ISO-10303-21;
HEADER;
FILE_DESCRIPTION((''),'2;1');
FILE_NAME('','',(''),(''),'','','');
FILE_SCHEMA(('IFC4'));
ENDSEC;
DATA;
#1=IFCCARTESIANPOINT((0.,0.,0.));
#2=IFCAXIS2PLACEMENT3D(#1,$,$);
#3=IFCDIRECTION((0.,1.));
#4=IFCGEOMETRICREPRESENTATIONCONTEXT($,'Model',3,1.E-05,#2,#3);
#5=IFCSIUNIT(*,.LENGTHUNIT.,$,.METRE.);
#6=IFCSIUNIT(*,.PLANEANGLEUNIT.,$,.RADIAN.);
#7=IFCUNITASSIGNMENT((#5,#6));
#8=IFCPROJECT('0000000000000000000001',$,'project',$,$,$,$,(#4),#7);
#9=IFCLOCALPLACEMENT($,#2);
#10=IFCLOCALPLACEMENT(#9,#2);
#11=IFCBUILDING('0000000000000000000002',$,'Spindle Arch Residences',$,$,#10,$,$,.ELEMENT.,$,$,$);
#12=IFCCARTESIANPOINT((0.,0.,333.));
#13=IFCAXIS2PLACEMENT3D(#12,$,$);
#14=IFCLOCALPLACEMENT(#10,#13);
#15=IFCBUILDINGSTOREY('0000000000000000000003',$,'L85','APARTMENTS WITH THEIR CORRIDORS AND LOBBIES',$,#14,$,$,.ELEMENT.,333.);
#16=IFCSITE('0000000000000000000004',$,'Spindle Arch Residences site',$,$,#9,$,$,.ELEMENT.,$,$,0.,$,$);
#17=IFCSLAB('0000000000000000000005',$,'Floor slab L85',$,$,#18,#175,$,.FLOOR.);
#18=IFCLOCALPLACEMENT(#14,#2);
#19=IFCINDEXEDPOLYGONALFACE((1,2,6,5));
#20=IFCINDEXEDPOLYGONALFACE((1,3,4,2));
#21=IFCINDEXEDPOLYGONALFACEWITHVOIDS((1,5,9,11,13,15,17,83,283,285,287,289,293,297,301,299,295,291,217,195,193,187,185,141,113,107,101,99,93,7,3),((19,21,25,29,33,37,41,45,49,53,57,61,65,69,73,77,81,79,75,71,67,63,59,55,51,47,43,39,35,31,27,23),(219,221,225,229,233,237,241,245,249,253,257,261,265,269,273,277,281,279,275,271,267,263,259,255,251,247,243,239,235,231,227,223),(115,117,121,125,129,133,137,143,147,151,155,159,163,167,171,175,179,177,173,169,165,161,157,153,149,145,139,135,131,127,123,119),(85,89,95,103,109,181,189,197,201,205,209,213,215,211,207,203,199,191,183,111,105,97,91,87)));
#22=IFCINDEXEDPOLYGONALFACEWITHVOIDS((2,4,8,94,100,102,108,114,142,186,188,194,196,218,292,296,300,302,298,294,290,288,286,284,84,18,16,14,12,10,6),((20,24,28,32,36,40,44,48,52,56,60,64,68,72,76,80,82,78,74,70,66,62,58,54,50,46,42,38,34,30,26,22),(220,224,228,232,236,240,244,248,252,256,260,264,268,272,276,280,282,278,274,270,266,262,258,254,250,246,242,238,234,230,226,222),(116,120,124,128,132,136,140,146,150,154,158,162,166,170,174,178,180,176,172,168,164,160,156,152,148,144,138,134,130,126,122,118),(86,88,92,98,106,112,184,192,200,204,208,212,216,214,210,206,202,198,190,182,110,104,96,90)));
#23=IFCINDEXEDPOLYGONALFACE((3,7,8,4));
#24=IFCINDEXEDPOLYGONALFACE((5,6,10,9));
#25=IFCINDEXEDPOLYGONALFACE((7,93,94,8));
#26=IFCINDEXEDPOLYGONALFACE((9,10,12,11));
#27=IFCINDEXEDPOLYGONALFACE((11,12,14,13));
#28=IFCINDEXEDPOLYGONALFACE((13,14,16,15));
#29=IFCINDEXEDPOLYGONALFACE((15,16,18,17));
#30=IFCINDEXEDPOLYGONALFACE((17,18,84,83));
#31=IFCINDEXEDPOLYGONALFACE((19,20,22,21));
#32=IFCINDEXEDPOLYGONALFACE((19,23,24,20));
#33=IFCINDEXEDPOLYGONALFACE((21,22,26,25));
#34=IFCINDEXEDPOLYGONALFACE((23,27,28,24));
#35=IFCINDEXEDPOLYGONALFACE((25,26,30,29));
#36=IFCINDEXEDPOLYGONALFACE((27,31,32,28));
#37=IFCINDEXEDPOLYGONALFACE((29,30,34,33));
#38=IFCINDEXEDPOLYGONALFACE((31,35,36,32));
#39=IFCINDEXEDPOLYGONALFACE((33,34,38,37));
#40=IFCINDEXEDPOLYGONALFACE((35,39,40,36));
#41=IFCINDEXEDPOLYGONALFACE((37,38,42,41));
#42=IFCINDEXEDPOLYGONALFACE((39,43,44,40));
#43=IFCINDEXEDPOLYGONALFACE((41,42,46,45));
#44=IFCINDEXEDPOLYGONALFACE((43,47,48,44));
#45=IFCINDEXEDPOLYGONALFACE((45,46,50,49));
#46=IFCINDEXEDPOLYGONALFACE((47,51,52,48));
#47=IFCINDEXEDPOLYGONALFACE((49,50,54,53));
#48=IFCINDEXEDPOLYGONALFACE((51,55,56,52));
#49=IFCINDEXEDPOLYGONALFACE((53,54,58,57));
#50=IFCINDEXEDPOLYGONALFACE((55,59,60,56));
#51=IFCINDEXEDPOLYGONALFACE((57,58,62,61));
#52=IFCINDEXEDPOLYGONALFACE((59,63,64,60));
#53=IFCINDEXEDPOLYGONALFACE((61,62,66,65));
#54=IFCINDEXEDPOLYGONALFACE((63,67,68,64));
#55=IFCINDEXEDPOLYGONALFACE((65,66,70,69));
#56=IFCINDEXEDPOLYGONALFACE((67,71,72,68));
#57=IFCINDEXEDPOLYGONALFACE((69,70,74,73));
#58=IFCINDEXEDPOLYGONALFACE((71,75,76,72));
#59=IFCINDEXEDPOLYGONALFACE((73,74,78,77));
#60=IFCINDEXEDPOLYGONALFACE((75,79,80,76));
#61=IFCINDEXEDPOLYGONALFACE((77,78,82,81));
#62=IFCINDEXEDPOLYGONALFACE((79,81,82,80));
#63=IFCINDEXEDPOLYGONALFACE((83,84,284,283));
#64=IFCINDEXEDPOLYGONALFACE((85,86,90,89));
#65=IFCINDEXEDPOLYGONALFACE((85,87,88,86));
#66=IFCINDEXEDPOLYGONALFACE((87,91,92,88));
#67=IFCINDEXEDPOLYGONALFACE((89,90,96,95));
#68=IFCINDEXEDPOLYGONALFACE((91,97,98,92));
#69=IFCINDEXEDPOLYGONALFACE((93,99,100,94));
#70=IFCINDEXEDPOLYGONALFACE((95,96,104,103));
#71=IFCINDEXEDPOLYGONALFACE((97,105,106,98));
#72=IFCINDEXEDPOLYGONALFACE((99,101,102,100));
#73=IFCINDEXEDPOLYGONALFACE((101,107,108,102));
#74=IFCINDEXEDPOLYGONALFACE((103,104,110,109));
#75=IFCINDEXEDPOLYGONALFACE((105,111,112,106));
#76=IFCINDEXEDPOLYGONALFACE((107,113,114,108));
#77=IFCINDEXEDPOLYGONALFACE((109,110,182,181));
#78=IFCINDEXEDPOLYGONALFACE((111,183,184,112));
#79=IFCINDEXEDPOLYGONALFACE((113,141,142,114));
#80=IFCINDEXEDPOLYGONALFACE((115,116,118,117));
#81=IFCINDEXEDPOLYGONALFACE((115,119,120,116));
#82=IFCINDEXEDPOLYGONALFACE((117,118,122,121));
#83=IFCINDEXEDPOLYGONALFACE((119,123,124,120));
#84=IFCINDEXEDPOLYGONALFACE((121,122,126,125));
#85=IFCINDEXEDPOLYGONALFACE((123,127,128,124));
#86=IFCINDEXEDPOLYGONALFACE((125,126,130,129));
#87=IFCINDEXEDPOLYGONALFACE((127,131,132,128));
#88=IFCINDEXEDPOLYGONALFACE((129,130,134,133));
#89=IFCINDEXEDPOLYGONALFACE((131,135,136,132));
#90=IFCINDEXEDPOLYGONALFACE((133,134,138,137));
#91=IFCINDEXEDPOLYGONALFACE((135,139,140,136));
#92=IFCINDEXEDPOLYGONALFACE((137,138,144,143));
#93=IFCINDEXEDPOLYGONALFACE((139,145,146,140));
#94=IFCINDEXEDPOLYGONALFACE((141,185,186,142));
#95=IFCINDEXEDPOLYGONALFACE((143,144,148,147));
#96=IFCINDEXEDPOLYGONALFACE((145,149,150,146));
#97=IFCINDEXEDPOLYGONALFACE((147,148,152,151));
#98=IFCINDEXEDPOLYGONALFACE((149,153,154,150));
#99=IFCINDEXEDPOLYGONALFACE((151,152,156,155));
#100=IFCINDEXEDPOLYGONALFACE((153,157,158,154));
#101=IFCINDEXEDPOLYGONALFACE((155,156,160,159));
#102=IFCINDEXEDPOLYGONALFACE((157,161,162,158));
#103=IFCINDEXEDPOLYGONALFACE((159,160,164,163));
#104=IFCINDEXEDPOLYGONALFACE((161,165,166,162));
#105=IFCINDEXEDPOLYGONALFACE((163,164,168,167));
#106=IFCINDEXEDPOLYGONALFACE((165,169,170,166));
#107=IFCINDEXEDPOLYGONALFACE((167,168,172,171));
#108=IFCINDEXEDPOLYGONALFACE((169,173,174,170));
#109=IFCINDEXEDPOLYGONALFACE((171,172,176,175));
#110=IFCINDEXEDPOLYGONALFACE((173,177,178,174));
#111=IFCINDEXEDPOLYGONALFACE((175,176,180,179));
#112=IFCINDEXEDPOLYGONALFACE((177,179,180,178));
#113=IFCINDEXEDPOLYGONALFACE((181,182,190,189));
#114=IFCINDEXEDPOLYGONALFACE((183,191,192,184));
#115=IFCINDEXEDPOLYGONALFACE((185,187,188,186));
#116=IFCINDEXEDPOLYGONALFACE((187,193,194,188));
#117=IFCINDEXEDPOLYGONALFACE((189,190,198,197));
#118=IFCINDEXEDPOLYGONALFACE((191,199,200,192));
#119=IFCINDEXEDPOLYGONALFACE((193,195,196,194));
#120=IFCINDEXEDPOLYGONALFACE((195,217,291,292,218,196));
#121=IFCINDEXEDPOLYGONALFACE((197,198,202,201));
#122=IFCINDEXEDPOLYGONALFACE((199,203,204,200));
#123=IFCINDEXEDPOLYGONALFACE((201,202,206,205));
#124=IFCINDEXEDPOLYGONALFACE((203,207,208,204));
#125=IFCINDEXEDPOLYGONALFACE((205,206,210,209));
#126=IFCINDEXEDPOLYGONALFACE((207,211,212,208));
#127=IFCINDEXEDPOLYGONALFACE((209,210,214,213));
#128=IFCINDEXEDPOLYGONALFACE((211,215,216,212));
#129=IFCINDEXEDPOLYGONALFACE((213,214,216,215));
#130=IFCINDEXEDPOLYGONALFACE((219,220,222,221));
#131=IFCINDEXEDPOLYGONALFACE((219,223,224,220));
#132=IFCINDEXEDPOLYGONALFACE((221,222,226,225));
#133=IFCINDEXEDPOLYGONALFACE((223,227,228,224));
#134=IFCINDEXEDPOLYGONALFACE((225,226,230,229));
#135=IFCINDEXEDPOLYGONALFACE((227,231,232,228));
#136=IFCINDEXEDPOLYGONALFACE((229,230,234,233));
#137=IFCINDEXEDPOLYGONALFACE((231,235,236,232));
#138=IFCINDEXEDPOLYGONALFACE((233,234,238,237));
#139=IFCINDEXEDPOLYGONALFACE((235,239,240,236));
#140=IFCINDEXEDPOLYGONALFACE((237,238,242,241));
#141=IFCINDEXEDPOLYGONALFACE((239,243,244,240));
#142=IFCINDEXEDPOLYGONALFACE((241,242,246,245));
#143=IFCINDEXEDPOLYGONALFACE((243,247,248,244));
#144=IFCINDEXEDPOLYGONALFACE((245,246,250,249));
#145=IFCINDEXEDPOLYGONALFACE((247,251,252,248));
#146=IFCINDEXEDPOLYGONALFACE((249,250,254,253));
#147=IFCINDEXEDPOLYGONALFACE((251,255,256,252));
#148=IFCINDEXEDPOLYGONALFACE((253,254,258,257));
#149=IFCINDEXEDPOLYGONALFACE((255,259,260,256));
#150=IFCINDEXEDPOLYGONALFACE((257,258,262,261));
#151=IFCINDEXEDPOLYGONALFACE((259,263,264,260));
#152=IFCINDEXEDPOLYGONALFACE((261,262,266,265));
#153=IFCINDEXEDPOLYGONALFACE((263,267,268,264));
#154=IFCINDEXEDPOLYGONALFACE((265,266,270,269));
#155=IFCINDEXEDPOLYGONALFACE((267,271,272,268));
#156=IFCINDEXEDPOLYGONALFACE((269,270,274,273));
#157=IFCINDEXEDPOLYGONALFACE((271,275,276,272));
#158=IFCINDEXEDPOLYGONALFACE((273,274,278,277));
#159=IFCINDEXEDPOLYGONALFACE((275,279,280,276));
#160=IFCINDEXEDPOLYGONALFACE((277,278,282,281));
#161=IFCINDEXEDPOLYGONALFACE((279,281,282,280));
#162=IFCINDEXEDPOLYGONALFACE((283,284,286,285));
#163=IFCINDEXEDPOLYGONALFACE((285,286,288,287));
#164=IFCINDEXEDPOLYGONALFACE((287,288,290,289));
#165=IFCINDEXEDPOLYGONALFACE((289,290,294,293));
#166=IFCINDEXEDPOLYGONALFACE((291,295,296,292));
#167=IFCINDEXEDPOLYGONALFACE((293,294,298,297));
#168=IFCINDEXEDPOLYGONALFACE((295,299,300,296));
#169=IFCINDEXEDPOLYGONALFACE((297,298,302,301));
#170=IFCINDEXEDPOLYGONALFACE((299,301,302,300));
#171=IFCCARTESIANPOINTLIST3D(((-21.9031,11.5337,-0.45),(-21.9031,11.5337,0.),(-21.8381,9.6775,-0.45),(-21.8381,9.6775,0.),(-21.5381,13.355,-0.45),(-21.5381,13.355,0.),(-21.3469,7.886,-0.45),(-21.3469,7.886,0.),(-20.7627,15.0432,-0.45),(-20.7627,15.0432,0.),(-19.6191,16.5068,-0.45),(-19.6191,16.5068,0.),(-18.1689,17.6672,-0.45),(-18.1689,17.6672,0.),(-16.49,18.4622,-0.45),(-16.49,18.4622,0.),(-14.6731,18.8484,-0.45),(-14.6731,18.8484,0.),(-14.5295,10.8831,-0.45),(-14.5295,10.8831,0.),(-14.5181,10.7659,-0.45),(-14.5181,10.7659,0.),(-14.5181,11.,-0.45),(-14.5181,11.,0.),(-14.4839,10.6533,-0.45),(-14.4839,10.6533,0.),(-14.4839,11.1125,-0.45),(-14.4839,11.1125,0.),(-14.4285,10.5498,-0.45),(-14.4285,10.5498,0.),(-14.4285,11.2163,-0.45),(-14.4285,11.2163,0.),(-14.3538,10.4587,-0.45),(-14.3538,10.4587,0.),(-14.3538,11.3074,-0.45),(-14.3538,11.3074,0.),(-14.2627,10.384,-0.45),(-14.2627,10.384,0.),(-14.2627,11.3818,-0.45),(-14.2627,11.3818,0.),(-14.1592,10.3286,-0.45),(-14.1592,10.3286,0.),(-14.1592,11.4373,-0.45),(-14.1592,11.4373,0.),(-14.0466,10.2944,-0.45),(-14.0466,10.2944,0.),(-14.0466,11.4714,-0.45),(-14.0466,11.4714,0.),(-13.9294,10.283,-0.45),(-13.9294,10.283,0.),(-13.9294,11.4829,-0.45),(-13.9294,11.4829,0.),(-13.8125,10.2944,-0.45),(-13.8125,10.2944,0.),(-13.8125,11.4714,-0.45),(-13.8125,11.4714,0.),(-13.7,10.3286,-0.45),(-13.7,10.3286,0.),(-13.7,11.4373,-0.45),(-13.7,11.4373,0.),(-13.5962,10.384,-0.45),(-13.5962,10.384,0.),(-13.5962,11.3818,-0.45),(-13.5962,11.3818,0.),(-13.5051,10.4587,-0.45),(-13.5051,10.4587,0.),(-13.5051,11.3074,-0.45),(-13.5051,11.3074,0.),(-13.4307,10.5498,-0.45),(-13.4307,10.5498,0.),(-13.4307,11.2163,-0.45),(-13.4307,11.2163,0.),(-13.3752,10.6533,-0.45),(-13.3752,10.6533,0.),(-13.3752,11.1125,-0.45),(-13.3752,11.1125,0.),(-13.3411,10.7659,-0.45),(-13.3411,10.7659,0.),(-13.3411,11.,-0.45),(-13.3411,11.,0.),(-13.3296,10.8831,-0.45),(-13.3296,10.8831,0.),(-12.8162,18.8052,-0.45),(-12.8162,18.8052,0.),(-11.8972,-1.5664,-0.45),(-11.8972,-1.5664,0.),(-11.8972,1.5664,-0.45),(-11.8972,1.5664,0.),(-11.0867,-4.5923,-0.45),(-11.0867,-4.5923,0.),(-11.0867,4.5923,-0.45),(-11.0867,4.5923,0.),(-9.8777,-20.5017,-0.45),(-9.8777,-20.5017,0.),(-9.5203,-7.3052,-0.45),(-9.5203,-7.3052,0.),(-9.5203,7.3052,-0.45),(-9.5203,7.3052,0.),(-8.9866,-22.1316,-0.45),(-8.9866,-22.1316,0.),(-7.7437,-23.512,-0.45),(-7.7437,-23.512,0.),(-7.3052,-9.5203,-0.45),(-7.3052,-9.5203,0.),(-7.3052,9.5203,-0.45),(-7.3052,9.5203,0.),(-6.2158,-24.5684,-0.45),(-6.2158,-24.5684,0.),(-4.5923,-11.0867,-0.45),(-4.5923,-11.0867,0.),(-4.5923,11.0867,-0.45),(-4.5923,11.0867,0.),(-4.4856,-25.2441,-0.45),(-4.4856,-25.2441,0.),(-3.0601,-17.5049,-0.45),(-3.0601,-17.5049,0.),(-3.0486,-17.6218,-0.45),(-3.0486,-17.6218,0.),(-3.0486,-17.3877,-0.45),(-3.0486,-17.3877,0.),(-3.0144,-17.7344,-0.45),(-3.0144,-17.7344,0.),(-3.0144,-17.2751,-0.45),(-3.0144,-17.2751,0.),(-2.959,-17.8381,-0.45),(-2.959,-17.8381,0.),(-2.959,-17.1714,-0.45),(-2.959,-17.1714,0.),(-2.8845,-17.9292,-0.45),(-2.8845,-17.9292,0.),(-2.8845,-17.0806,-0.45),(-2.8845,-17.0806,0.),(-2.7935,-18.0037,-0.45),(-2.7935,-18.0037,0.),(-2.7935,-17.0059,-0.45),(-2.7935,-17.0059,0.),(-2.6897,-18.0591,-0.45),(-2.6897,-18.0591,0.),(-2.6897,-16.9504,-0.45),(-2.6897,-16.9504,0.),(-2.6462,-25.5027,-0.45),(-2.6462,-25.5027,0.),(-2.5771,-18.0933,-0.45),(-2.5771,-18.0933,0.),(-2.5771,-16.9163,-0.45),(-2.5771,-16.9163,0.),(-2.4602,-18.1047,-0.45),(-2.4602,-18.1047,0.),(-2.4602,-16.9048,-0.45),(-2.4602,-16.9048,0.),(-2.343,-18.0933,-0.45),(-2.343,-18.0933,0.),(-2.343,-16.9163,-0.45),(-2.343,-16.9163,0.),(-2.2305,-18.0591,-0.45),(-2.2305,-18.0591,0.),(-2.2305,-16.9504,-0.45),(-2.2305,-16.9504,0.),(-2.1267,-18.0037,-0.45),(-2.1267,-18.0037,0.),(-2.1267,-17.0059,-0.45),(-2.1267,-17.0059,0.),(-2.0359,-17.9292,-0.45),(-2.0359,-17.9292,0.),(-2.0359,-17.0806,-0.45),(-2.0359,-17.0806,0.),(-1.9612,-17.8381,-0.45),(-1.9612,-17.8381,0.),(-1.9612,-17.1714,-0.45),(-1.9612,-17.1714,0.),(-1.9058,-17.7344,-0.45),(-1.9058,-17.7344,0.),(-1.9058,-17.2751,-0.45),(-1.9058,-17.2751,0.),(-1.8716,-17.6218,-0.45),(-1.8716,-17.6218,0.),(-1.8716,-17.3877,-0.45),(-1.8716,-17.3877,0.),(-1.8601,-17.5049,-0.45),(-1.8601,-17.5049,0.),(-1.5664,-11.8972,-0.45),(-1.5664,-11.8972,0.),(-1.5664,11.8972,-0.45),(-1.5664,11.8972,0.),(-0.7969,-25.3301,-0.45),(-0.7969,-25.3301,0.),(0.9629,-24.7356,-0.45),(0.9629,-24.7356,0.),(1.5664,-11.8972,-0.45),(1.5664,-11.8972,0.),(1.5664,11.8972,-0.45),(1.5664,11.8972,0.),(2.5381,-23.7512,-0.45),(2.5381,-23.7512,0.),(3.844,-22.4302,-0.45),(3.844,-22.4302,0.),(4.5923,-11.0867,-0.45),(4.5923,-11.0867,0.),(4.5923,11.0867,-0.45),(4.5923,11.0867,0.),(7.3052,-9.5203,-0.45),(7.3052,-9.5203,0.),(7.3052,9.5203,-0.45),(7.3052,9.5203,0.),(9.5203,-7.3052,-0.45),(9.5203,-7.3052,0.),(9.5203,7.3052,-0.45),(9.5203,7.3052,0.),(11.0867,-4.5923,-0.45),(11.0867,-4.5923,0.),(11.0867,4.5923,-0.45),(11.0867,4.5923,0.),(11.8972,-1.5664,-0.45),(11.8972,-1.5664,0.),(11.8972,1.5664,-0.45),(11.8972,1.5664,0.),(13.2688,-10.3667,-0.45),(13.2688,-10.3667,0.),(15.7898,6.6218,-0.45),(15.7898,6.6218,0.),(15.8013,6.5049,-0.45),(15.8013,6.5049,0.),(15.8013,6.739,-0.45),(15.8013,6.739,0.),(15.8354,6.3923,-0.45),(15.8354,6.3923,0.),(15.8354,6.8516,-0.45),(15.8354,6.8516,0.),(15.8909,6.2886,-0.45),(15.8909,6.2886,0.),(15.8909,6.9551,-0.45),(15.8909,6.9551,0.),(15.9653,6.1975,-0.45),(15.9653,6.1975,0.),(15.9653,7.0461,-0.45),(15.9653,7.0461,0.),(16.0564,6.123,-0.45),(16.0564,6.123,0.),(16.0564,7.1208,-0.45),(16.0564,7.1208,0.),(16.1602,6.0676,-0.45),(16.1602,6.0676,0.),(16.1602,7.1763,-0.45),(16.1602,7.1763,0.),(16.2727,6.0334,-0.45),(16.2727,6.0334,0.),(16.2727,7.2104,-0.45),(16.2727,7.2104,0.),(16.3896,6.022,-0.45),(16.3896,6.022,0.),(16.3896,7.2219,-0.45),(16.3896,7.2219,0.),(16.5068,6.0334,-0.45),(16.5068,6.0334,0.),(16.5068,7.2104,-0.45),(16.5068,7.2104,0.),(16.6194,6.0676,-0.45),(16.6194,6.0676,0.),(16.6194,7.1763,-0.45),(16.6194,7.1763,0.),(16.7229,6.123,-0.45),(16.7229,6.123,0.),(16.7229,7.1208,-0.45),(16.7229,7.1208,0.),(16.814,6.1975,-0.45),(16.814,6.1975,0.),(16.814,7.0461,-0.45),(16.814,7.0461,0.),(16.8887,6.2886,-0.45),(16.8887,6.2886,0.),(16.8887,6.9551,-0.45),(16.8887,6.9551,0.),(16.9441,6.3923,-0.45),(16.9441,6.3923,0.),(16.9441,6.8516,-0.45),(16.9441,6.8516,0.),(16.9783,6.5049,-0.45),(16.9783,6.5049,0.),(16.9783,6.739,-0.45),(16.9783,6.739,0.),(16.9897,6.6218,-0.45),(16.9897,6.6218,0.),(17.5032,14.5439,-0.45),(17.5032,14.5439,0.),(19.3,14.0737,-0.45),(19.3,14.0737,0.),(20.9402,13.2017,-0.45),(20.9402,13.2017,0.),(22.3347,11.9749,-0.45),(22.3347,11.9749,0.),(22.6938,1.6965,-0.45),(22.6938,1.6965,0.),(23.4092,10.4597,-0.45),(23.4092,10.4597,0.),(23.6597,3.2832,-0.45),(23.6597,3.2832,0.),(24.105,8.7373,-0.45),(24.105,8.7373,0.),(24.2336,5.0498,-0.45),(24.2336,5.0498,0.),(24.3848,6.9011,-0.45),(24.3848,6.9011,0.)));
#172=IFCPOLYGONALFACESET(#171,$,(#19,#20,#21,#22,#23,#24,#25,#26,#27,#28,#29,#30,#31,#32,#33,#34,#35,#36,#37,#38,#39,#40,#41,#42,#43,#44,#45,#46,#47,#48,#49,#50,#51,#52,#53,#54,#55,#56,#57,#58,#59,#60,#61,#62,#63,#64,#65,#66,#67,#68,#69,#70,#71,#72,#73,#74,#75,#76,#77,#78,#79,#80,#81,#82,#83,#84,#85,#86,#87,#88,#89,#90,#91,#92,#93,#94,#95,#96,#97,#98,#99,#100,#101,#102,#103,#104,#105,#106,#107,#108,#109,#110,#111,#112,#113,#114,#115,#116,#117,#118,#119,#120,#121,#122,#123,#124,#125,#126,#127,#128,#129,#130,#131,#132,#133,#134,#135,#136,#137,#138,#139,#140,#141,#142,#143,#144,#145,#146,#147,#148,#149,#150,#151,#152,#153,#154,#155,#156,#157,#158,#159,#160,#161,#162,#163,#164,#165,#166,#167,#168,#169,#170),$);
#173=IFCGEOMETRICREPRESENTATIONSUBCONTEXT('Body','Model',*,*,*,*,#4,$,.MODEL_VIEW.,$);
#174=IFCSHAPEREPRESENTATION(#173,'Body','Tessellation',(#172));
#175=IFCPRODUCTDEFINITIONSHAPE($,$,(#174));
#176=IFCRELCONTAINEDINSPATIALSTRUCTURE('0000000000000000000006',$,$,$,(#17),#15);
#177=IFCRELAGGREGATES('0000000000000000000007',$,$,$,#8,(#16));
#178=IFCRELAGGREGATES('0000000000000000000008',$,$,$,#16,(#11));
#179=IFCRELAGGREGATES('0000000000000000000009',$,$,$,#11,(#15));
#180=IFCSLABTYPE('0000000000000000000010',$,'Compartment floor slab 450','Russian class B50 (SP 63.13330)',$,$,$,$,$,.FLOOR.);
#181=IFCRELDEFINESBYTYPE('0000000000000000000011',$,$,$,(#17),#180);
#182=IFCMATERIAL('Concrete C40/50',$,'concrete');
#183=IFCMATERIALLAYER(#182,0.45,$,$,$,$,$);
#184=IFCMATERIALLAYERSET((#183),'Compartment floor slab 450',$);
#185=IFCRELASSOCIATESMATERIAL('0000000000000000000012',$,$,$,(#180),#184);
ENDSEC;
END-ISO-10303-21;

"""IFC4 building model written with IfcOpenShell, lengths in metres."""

from ifc_helpers import new_model, si_unit, direction, frame, origin, place, context, subcontext, project, spatial, polyline, outline, extrude, material, layer, layer_set, type_object, element, save


model = new_model("IFC4")

# Units and contexts
model_context = context("Model", 3, precision=1e-05, world=origin(), true_north=direction((0.0, 1.0)))
body_context = subcontext(model_context, "Body", "Model", "MODEL_VIEW")
ifc_project = project(units=[si_unit("LENGTHUNIT", "METRE"), si_unit("PLANEANGLEUNIT", "RADIAN")], contexts=[model_context])

# Site, building, storey
site_placement = place(None, origin())
site = spatial("IfcSite", under=ifc_project, at=site_placement, Name="Spindle Arch Residences site", CompositionType="ELEMENT", RefElevation=0.0)
building_placement = place(site_placement, origin())
building = spatial("IfcBuilding", under=site, at=building_placement, Name="Spindle Arch Residences", CompositionType="ELEMENT")
storey_placement = place(building_placement, frame((0.0, 0.0, 333.0)))
storey = spatial("IfcBuildingStorey", under=building, at=storey_placement, Name="L85", Description="APARTMENTS WITH THEIR CORRIDORS AND LOBBIES", CompositionType="ELEMENT", Elevation=333.0)

# Slab
ifc_material_1 = material(Name="Concrete C40/50", Category="concrete")
ifc_layer_1 = layer(ifc_material_1, 0.45)
ifc_layer_set_1 = layer_set([ifc_layer_1], Name="Compartment floor slab 450")
slab_type_1 = type_object("IfcSlabType", Name="Compartment floor slab 450", Description="Russian class B50 (SP 63.13330)", PredefinedType="FLOOR", material=ifc_layer_set_1)
slab_1_placement = place(storey_placement, frame((0.0, 0.0, -0.45)))
element("IfcSlab", 1, at=slab_1_placement, inside=storey, type_object=slab_type_1, Name="Floor slab L85", PredefinedType="FLOOR", context=body_context, shape_type="SweptSolid", body=[
    extrude(outline(polyline([(2.5381, -23.7512), (0.9629, -24.7356), (-0.7969, -25.3301), (-2.6462, -25.5027), (-4.4856, -25.2441), (-6.2158, -24.5684), (-7.7437, -23.512), (-8.9866, -22.1316), (-9.8777, -20.5017), (-21.3469, 7.886), (-21.8381, 9.6775), (-21.9031, 11.5337), (-21.5381, 13.355), (-20.7627, 15.0432), (-19.6191, 16.5068), (-18.1689, 17.6672), (-16.49, 18.4622), (-14.6731, 18.8484), (-12.8162, 18.8052), (17.5032, 14.5439), (19.3, 14.0737), (20.9402, 13.2017), (22.3347, 11.9749), (23.4092, 10.4597), (24.105, 8.7373), (24.3848, 6.9011), (24.2336, 5.0498), (23.6597, 3.2832), (22.6938, 1.6965), (13.2688, -10.3667), (3.844, -22.4302), (2.5381, -23.7512)]), holes=[polyline([(7.3052, -9.5203), (9.5203, -7.3052), (11.0867, -4.5923), (11.8972, -1.5664), (11.8972, 1.5664), (11.0867, 4.5923), (9.5203, 7.3052), (7.3052, 9.5203), (4.5923, 11.0867), (1.5664, 11.8972), (-1.5664, 11.8972), (-4.5923, 11.0867), (-7.3052, 9.5203), (-9.5203, 7.3052), (-11.0867, 4.5923), (-11.8972, 1.5664), (-11.8972, -1.5664), (-11.0867, -4.5923), (-9.5203, -7.3052), (-7.3052, -9.5203), (-4.5923, -11.0867), (-1.5664, -11.8972), (1.5664, -11.8972), (4.5923, -11.0867), (7.3052, -9.5203)]), polyline([(-1.9612, -17.8381), (-1.9058, -17.7344), (-1.8716, -17.6218), (-1.8601, -17.5049), (-1.8716, -17.3877), (-1.9058, -17.2751), (-1.9612, -17.1714), (-2.0359, -17.0806), (-2.1267, -17.0059), (-2.2305, -16.9504), (-2.343, -16.9163), (-2.4602, -16.9048), (-2.5771, -16.9163), (-2.6897, -16.9504), (-2.7935, -17.0059), (-2.8845, -17.0806), (-2.959, -17.1714), (-3.0144, -17.2751), (-3.0486, -17.3877), (-3.0601, -17.5049), (-3.0486, -17.6218), (-3.0144, -17.7344), (-2.959, -17.8381), (-2.8845, -17.9292), (-2.7935, -18.0037), (-2.6897, -18.0591), (-2.5771, -18.0933), (-2.4602, -18.1047), (-2.343, -18.0933), (-2.2305, -18.0591), (-2.1267, -18.0037), (-2.0359, -17.9292), (-1.9612, -17.8381)]), polyline([(-13.5051, 10.4587), (-13.4307, 10.5498), (-13.3752, 10.6533), (-13.3411, 10.7659), (-13.3296, 10.8831), (-13.3411, 11.0), (-13.3752, 11.1125), (-13.4307, 11.2163), (-13.5051, 11.3074), (-13.5962, 11.3818), (-13.7, 11.4373), (-13.8125, 11.4714), (-13.9294, 11.4829), (-14.0466, 11.4714), (-14.1592, 11.4373), (-14.2627, 11.3818), (-14.3538, 11.3074), (-14.4285, 11.2163), (-14.4839, 11.1125), (-14.5181, 11.0), (-14.5295, 10.8831), (-14.5181, 10.7659), (-14.4839, 10.6533), (-14.4285, 10.5498), (-14.3538, 10.4587), (-14.2627, 10.384), (-14.1592, 10.3286), (-14.0466, 10.2944), (-13.9294, 10.283), (-13.8125, 10.2944), (-13.7, 10.3286), (-13.5962, 10.384), (-13.5051, 10.4587)]), polyline([(16.814, 6.1975), (16.8887, 6.2886), (16.9441, 6.3923), (16.9783, 6.5049), (16.9897, 6.6218), (16.9783, 6.739), (16.9441, 6.8516), (16.8887, 6.9551), (16.814, 7.0461), (16.7229, 7.1208), (16.6194, 7.1763), (16.5068, 7.2104), (16.3896, 7.2219), (16.2727, 7.2104), (16.1602, 7.1763), (16.0564, 7.1208), (15.9653, 7.0461), (15.8909, 6.9551), (15.8354, 6.8516), (15.8013, 6.739), (15.7898, 6.6218), (15.8013, 6.5049), (15.8354, 6.3923), (15.8909, 6.2886), (15.9653, 6.1975), (16.0564, 6.123), (16.1602, 6.0676), (16.2727, 6.0334), (16.3896, 6.022), (16.5068, 6.0334), (16.6194, 6.0676), (16.7229, 6.123), (16.814, 6.1975)])]), origin(), (0.0, 0.0, 1.0), 0.45),
])

save(model, "model.ifc")
